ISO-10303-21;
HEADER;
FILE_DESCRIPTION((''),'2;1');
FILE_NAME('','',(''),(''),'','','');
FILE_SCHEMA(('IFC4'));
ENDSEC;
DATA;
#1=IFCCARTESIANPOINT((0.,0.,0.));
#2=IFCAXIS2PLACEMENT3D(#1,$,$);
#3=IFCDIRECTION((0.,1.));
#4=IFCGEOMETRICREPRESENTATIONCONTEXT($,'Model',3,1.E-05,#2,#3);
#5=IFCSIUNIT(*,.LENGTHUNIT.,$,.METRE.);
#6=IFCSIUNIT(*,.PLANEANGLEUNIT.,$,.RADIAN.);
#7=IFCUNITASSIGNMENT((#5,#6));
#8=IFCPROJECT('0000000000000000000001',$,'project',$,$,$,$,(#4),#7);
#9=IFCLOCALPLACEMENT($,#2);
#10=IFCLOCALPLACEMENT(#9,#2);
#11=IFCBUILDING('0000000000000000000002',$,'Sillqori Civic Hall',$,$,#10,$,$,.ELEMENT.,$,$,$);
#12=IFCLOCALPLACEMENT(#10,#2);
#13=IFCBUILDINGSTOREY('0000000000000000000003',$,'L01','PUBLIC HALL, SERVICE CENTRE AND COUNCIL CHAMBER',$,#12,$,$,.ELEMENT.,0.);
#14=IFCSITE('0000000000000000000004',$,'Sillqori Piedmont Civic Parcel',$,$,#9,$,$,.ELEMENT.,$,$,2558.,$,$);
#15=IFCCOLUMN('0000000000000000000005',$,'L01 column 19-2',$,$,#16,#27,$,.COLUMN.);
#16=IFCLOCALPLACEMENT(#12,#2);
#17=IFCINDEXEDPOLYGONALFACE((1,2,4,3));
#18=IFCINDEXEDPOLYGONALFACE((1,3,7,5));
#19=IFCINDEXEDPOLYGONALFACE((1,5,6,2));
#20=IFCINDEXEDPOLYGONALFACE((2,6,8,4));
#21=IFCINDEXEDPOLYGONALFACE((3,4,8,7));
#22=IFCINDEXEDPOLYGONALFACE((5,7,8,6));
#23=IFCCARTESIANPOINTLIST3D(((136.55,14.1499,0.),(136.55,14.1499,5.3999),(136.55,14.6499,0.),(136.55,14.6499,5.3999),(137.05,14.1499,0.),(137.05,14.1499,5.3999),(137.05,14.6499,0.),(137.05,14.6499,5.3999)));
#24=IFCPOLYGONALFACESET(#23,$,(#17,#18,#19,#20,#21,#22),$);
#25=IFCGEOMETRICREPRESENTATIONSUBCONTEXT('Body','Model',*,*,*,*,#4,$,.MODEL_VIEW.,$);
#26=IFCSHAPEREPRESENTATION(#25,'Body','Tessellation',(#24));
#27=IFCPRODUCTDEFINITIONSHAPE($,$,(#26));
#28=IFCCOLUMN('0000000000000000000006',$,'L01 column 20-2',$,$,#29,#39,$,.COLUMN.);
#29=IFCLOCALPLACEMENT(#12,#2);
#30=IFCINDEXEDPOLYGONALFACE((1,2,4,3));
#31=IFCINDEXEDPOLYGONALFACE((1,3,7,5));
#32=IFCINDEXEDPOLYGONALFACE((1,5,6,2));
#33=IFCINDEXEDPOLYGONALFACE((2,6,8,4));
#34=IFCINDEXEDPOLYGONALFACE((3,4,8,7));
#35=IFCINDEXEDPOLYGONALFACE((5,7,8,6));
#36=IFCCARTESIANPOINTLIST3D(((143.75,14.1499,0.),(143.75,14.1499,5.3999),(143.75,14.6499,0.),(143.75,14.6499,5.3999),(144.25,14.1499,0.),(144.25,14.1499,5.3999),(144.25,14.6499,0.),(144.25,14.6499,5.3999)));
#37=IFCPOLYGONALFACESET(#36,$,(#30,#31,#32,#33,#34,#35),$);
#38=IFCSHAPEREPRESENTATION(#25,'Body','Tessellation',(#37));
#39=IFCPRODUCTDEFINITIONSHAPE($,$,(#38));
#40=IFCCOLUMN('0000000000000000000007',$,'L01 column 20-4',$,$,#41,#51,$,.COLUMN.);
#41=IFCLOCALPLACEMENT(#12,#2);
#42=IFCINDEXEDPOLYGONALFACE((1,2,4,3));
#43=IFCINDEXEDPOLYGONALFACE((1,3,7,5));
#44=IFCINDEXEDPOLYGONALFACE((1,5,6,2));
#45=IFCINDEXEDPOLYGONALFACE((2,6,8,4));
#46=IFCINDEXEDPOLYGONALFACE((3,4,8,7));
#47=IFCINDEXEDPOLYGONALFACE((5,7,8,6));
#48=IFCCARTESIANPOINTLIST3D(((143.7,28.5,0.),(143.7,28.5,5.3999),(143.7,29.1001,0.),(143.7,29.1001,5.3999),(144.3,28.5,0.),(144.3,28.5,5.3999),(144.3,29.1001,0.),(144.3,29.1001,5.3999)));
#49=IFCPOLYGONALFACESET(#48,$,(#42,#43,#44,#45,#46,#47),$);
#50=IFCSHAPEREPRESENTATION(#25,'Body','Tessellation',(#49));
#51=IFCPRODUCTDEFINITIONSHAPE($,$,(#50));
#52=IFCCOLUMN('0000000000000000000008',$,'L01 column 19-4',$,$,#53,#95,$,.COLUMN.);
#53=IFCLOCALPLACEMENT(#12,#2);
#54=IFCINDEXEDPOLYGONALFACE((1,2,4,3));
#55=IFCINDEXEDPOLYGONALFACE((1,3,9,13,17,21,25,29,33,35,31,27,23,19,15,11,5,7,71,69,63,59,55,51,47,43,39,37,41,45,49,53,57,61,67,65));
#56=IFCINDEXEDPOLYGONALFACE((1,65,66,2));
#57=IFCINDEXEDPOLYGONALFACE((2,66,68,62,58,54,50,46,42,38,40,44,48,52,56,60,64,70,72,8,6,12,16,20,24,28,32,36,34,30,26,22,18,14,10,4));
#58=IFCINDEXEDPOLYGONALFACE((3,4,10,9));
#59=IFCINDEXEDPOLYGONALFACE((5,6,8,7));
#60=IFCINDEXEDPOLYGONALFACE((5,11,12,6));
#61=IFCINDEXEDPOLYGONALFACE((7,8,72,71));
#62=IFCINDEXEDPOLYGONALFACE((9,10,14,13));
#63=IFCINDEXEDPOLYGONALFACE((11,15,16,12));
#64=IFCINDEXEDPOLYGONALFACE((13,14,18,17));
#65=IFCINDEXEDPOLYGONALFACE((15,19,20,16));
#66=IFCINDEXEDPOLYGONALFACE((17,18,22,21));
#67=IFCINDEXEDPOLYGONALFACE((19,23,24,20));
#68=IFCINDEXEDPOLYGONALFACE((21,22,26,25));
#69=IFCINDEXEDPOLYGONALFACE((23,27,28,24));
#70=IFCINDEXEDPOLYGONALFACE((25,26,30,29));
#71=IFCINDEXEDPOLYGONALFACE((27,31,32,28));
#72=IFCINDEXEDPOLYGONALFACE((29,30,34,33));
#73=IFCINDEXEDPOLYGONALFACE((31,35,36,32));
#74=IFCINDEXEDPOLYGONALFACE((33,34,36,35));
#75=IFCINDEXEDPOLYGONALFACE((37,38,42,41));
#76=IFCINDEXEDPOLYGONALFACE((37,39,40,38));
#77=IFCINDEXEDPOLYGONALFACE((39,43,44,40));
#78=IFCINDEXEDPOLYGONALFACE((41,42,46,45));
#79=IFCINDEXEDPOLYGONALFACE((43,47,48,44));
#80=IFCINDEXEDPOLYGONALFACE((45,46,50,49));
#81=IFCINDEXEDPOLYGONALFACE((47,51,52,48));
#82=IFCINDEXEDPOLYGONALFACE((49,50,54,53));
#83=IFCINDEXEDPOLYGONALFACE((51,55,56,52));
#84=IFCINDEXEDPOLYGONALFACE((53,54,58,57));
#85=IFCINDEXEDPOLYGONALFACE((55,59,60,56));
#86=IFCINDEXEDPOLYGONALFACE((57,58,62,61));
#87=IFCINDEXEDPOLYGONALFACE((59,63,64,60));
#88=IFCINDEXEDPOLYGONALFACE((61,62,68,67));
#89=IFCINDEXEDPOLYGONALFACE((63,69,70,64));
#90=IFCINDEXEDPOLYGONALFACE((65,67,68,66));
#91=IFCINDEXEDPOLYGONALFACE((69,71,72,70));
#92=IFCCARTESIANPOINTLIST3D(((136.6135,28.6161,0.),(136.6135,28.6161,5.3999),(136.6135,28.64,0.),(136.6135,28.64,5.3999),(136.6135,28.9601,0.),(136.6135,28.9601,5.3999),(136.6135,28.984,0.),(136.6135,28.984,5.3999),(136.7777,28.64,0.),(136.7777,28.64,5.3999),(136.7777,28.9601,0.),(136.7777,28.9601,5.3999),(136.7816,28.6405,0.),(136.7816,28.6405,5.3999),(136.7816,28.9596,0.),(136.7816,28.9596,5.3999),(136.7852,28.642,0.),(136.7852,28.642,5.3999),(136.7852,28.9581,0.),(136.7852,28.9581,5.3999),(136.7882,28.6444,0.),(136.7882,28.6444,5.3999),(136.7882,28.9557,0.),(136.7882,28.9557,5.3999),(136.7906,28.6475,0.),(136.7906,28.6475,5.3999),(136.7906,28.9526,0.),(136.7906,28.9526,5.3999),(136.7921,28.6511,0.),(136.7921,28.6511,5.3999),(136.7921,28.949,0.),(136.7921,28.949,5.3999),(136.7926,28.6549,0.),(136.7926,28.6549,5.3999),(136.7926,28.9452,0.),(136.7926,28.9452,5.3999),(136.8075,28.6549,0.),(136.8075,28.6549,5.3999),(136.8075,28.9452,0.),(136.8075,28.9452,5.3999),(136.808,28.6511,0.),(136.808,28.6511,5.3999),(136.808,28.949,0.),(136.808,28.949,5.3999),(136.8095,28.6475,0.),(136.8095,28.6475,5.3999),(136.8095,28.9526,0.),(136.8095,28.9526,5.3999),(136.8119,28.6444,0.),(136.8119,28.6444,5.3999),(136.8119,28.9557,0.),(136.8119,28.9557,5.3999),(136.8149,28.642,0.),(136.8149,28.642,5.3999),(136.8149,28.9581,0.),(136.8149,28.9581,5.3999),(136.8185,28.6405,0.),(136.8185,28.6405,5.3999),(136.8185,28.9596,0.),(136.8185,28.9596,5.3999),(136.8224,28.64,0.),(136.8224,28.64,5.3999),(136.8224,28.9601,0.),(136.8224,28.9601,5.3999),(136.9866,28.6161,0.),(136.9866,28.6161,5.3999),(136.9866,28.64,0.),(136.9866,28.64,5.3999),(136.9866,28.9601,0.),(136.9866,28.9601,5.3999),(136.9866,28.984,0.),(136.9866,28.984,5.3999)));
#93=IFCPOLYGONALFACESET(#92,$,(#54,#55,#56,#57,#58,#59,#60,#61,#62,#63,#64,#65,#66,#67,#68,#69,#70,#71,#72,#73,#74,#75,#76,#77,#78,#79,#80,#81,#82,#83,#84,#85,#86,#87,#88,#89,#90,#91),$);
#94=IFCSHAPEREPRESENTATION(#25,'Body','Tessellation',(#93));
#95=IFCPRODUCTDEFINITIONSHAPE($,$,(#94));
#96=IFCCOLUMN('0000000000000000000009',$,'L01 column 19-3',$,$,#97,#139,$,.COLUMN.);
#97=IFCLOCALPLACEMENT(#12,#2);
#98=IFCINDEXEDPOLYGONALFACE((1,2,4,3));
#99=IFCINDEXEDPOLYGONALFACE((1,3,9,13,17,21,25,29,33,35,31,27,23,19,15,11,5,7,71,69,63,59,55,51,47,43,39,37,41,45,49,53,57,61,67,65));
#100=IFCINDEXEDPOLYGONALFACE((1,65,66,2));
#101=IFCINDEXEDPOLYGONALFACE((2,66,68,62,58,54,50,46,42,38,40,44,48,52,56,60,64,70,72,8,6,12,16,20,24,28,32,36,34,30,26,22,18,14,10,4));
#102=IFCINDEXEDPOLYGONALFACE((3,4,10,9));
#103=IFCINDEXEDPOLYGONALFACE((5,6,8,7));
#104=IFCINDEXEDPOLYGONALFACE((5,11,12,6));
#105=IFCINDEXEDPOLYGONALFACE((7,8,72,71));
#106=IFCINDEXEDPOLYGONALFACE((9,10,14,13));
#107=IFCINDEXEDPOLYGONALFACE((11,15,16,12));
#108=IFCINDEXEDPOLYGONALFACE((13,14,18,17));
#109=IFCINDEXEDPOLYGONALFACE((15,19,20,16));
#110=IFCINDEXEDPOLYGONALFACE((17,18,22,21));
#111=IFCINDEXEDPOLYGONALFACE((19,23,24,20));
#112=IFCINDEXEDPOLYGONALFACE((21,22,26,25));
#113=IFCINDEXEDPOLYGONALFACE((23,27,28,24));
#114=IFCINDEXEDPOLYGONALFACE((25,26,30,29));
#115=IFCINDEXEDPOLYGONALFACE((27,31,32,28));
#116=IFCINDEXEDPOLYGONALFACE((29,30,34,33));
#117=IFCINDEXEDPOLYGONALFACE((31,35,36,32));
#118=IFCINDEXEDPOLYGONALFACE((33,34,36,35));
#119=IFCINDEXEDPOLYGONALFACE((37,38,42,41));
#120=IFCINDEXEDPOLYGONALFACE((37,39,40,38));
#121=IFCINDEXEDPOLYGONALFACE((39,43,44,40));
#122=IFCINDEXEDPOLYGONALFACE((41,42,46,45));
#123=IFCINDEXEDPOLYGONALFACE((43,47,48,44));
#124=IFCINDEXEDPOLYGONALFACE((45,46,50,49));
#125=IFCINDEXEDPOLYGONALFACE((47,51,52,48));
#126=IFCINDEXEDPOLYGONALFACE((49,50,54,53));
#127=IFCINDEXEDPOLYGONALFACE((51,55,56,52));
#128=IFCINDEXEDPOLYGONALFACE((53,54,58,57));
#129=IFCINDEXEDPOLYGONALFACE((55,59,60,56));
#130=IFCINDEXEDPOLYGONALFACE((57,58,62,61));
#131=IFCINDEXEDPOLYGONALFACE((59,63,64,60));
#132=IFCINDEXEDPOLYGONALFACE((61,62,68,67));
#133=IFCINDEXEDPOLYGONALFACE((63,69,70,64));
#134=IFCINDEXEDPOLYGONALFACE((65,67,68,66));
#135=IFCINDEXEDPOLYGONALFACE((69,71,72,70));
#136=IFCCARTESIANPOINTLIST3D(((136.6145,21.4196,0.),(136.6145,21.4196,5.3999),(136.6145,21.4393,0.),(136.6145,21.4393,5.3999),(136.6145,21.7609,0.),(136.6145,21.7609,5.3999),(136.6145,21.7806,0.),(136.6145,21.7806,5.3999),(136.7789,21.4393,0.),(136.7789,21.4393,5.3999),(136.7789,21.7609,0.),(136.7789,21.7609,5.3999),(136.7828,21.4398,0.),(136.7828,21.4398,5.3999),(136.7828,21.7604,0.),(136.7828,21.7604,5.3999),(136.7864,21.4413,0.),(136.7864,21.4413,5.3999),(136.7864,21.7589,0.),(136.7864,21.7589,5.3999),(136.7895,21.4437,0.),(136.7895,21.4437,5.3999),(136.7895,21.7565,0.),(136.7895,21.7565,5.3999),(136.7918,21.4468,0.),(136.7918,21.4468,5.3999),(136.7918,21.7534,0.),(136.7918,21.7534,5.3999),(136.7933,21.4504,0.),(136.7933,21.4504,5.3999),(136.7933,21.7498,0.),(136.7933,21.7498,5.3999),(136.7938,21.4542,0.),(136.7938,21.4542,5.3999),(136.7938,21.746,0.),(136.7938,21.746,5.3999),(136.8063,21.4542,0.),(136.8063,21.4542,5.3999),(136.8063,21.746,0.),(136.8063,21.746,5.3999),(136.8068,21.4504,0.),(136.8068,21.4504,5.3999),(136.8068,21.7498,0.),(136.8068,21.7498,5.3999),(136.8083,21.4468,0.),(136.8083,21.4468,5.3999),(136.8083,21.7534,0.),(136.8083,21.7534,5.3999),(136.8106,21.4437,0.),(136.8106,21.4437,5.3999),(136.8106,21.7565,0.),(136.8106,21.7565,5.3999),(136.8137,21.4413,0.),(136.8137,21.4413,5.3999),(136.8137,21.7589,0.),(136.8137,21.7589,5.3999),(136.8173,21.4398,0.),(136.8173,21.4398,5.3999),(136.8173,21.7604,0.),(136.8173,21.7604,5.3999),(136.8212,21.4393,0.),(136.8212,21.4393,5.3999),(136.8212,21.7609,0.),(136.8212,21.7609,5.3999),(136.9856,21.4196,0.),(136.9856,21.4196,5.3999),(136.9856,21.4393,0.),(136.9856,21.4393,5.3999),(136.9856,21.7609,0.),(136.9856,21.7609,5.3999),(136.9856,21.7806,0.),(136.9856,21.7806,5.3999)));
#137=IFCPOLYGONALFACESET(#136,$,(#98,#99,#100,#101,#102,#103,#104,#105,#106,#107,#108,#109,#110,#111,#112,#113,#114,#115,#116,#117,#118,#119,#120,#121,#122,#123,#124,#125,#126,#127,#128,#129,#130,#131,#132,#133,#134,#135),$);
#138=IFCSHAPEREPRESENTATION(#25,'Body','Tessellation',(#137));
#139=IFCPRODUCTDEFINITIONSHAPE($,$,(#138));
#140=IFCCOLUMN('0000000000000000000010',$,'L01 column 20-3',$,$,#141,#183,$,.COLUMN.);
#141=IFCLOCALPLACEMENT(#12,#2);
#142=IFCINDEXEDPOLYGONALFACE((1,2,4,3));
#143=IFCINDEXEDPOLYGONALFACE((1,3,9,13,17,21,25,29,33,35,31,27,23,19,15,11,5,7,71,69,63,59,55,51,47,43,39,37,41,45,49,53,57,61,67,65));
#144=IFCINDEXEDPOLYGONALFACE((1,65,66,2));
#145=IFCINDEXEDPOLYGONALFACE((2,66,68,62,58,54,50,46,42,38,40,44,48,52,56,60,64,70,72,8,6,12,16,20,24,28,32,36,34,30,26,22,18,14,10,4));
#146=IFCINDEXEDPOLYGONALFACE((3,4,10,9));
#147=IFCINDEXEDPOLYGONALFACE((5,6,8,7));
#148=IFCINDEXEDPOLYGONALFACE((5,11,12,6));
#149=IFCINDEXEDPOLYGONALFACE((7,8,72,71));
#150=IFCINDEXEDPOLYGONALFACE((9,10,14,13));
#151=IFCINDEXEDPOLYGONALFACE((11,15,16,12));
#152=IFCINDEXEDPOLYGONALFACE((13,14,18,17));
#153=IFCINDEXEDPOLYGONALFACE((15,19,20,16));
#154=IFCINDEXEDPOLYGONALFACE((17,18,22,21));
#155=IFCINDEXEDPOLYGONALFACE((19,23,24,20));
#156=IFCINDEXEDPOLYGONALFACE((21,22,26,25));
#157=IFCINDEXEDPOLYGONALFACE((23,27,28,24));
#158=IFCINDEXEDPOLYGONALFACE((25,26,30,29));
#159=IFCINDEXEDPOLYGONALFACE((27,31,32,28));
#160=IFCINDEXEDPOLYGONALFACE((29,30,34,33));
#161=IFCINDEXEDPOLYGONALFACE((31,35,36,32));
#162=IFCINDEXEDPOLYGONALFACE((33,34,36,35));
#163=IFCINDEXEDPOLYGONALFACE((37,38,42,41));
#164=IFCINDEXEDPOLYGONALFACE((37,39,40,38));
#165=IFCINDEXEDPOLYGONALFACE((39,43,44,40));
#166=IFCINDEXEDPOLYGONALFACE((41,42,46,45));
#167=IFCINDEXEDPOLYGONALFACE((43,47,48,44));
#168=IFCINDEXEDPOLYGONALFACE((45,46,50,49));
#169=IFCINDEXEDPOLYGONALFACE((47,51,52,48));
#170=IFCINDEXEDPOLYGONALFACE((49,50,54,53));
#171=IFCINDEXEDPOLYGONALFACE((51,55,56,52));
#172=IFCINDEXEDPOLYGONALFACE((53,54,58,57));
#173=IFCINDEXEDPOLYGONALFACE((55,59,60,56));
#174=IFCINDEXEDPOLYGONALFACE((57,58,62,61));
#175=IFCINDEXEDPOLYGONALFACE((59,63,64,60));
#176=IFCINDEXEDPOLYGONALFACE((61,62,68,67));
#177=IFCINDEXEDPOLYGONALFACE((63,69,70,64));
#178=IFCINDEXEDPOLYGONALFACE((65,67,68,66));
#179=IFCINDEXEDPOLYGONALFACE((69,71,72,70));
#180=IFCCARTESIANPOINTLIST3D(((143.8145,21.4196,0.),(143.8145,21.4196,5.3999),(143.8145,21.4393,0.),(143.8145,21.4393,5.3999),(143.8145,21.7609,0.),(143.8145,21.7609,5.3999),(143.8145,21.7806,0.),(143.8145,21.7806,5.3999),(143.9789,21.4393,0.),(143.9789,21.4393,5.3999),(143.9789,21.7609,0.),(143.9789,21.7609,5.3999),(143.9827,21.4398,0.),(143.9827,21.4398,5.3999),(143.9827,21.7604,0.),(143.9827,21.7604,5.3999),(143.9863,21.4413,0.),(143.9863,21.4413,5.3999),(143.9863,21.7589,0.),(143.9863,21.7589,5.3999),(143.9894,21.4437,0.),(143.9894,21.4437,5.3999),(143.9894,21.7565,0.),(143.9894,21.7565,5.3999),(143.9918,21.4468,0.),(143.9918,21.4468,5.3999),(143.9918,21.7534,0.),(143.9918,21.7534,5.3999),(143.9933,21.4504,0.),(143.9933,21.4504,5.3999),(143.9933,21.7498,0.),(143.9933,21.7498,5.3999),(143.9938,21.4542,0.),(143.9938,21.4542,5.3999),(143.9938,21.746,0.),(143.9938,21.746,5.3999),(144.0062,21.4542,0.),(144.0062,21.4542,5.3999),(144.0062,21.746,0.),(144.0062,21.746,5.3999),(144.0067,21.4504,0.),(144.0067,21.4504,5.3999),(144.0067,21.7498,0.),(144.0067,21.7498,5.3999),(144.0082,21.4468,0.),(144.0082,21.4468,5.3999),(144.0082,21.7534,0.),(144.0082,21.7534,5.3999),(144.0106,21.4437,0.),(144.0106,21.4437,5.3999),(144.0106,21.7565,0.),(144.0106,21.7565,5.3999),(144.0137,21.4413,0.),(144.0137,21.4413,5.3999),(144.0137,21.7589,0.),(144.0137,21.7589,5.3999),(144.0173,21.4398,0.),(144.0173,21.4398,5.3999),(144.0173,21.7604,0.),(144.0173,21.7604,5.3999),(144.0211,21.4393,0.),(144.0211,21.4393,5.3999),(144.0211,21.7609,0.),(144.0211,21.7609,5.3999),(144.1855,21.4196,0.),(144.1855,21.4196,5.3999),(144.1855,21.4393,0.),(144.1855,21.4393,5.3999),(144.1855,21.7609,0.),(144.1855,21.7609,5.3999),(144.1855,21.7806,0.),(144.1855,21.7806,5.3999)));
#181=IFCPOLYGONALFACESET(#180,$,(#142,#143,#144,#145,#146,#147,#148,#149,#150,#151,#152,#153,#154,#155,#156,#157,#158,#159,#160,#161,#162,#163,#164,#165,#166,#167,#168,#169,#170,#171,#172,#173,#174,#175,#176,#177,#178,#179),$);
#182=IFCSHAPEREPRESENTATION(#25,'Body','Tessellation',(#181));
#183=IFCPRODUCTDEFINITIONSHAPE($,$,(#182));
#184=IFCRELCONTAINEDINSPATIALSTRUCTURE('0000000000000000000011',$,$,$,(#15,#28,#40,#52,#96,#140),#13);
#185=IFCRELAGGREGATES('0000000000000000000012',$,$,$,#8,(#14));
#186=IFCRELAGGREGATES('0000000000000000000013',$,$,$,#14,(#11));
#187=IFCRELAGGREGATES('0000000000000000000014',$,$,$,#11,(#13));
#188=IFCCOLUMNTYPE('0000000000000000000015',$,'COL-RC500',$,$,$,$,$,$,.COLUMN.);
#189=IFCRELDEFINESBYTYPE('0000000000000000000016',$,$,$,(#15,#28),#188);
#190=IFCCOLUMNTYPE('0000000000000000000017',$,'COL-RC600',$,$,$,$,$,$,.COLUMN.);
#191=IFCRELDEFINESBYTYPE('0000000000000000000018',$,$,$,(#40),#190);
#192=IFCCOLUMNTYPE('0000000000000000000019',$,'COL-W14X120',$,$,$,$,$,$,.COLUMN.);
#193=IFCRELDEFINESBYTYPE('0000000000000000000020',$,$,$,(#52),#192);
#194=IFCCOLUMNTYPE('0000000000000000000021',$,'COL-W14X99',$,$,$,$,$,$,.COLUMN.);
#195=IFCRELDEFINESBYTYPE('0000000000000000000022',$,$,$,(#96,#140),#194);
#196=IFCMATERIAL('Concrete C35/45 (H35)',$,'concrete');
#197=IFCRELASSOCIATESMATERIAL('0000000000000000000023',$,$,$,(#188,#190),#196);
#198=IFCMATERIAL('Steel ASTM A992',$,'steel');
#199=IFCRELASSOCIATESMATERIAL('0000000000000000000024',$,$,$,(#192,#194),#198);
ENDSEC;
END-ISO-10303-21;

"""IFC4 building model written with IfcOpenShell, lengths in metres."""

from ifc_helpers import new_model, si_unit, direction, frame, origin, origin_2d, place, context, subcontext, project, spatial, rectangle, i_section, extrude, material, material_profile, profile_set, type_object, element, save


model = new_model("IFC4")

# Units and contexts
model_context = context("Model", 3, precision=1e-05, world=origin(), true_north=direction((0.0, 1.0)))
body_context = subcontext(model_context, "Body", "Model", "MODEL_VIEW")
ifc_project = project(units=[si_unit("LENGTHUNIT", "METRE"), si_unit("PLANEANGLEUNIT", "RADIAN")], contexts=[model_context])

# Site, building, storey
site_placement = place(None, origin())
site = spatial("IfcSite", under=ifc_project, at=site_placement, Name="Sillqori Piedmont Civic Parcel", CompositionType="ELEMENT", RefElevation=2558.0)
building_placement = place(site_placement, origin())
building = spatial("IfcBuilding", under=site, at=building_placement, Name="Sillqori Civic Hall", CompositionType="ELEMENT")
storey_placement = place(building_placement, origin())
storey = spatial("IfcBuildingStorey", under=building, at=storey_placement, Name="L01", Description="PUBLIC HALL, SERVICE CENTRE AND COUNCIL CHAMBER", CompositionType="ELEMENT", Elevation=0.0)

# Columns
ifc_material_1 = material(Name="Concrete C35/45 (H35)", Category="concrete")
ifc_material_profile_1 = material_profile(ifc_material_1, rectangle(XDim=0.5, YDim=0.5, at=origin_2d()), Name="RC 500x500")
ifc_profile_set_1 = profile_set([ifc_material_profile_1], Name="Concrete C35/45 (H35)")
column_type_1 = type_object("IfcColumnType", Name="COL-RC500", PredefinedType="COLUMN", material=ifc_profile_set_1)
for number, where, z_axis, x_axis, name in (
    (1, (136.8, 14.3999, 0.0), (0.0, 0.0, 1.0), (1.0, 0.0, 0.0), "L01 column 19-2"),
    (2, (144.0, 14.3999, 0.0), (0.0, 0.0, 1.0), (1.0, 0.0, 0.0), "L01 column 20-2"),
):
    element("IfcColumn", number, at=place(storey_placement, frame(where, z_axis=z_axis, x_axis=x_axis)), inside=storey, type_object=column_type_1, Name=name, PredefinedType="COLUMN", context=body_context, shape_type="SweptSolid", body=[
        extrude(rectangle(XDim=0.5, YDim=0.5, at=origin_2d()), origin(), (0.0, 0.0, 1.0), 5.3999),
    ])
ifc_material_profile_2 = material_profile(ifc_material_1, rectangle(XDim=0.6001, YDim=0.6001, at=origin_2d()), Name="RC 600x600")
ifc_profile_set_2 = profile_set([ifc_material_profile_2], Name="Concrete C35/45 (H35)")
column_type_2 = type_object("IfcColumnType", Name="COL-RC600", PredefinedType="COLUMN", material=ifc_profile_set_2)
column_1_placement = place(storey_placement, frame((144.0, 28.8, 0.0), z_axis=(0.0, 0.0, 1.0), x_axis=(1.0, 0.0, 0.0)))
element("IfcColumn", 3, at=column_1_placement, inside=storey, type_object=column_type_2, Name="L01 column 20-4", PredefinedType="COLUMN", context=body_context, shape_type="SweptSolid", body=[
    extrude(rectangle(XDim=0.6001, YDim=0.6001, at=origin_2d()), origin(), (0.0, 0.0, 1.0), 5.3999),
])
ifc_material_2 = material(Name="Steel ASTM A992", Category="steel")
ifc_material_profile_3 = material_profile(ifc_material_2, i_section(OverallWidth=0.373, OverallDepth=0.3679, WebThickness=0.0149, FlangeThickness=0.0239, FilletRadius=0.0149, at=origin_2d()), Name="W14X120")
ifc_profile_set_3 = profile_set([ifc_material_profile_3], Name="Steel ASTM A992")
column_type_3 = type_object("IfcColumnType", Name="COL-W14X120", PredefinedType="COLUMN", material=ifc_profile_set_3)
column_2_placement = place(storey_placement, frame((136.8, 28.8, 0.0), z_axis=(0.0, 0.0, 1.0), x_axis=(1.0, 0.0, 0.0)))
element("IfcColumn", 4, at=column_2_placement, inside=storey, type_object=column_type_3, Name="L01 column 19-4", PredefinedType="COLUMN", context=body_context, shape_type="SweptSolid", body=[
    extrude(i_section(OverallWidth=0.373, OverallDepth=0.3679, WebThickness=0.0149, FlangeThickness=0.0239, FilletRadius=0.0149, at=origin_2d()), origin(), (0.0, 0.0, 1.0), 5.3999),
])
ifc_material_profile_4 = material_profile(ifc_material_2, i_section(OverallWidth=0.3711, OverallDepth=0.3611, WebThickness=0.0125, FlangeThickness=0.0198, FilletRadius=0.0149, at=origin_2d()), Name="W14X99")
ifc_profile_set_4 = profile_set([ifc_material_profile_4], Name="Steel ASTM A992")
column_type_4 = type_object("IfcColumnType", Name="COL-W14X99", PredefinedType="COLUMN", material=ifc_profile_set_4)
for number, where, z_axis, x_axis, name in (
    (5, (136.8, 21.6001, 0.0), (0.0, 0.0, 1.0), (1.0, 0.0, 0.0), "L01 column 19-3"),
    (6, (144.0, 21.6001, 0.0), (0.0, 0.0, 1.0), (1.0, 0.0, 0.0), "L01 column 20-3"),
):
    element("IfcColumn", number, at=place(storey_placement, frame(where, z_axis=z_axis, x_axis=x_axis)), inside=storey, type_object=column_type_4, Name=name, PredefinedType="COLUMN", context=body_context, shape_type="SweptSolid", body=[
        extrude(i_section(OverallWidth=0.3711, OverallDepth=0.3611, WebThickness=0.0125, FlangeThickness=0.0198, FilletRadius=0.0149, at=origin_2d()), origin(), (0.0, 0.0, 1.0), 5.3999),
    ])

save(model, "model.ifc")
